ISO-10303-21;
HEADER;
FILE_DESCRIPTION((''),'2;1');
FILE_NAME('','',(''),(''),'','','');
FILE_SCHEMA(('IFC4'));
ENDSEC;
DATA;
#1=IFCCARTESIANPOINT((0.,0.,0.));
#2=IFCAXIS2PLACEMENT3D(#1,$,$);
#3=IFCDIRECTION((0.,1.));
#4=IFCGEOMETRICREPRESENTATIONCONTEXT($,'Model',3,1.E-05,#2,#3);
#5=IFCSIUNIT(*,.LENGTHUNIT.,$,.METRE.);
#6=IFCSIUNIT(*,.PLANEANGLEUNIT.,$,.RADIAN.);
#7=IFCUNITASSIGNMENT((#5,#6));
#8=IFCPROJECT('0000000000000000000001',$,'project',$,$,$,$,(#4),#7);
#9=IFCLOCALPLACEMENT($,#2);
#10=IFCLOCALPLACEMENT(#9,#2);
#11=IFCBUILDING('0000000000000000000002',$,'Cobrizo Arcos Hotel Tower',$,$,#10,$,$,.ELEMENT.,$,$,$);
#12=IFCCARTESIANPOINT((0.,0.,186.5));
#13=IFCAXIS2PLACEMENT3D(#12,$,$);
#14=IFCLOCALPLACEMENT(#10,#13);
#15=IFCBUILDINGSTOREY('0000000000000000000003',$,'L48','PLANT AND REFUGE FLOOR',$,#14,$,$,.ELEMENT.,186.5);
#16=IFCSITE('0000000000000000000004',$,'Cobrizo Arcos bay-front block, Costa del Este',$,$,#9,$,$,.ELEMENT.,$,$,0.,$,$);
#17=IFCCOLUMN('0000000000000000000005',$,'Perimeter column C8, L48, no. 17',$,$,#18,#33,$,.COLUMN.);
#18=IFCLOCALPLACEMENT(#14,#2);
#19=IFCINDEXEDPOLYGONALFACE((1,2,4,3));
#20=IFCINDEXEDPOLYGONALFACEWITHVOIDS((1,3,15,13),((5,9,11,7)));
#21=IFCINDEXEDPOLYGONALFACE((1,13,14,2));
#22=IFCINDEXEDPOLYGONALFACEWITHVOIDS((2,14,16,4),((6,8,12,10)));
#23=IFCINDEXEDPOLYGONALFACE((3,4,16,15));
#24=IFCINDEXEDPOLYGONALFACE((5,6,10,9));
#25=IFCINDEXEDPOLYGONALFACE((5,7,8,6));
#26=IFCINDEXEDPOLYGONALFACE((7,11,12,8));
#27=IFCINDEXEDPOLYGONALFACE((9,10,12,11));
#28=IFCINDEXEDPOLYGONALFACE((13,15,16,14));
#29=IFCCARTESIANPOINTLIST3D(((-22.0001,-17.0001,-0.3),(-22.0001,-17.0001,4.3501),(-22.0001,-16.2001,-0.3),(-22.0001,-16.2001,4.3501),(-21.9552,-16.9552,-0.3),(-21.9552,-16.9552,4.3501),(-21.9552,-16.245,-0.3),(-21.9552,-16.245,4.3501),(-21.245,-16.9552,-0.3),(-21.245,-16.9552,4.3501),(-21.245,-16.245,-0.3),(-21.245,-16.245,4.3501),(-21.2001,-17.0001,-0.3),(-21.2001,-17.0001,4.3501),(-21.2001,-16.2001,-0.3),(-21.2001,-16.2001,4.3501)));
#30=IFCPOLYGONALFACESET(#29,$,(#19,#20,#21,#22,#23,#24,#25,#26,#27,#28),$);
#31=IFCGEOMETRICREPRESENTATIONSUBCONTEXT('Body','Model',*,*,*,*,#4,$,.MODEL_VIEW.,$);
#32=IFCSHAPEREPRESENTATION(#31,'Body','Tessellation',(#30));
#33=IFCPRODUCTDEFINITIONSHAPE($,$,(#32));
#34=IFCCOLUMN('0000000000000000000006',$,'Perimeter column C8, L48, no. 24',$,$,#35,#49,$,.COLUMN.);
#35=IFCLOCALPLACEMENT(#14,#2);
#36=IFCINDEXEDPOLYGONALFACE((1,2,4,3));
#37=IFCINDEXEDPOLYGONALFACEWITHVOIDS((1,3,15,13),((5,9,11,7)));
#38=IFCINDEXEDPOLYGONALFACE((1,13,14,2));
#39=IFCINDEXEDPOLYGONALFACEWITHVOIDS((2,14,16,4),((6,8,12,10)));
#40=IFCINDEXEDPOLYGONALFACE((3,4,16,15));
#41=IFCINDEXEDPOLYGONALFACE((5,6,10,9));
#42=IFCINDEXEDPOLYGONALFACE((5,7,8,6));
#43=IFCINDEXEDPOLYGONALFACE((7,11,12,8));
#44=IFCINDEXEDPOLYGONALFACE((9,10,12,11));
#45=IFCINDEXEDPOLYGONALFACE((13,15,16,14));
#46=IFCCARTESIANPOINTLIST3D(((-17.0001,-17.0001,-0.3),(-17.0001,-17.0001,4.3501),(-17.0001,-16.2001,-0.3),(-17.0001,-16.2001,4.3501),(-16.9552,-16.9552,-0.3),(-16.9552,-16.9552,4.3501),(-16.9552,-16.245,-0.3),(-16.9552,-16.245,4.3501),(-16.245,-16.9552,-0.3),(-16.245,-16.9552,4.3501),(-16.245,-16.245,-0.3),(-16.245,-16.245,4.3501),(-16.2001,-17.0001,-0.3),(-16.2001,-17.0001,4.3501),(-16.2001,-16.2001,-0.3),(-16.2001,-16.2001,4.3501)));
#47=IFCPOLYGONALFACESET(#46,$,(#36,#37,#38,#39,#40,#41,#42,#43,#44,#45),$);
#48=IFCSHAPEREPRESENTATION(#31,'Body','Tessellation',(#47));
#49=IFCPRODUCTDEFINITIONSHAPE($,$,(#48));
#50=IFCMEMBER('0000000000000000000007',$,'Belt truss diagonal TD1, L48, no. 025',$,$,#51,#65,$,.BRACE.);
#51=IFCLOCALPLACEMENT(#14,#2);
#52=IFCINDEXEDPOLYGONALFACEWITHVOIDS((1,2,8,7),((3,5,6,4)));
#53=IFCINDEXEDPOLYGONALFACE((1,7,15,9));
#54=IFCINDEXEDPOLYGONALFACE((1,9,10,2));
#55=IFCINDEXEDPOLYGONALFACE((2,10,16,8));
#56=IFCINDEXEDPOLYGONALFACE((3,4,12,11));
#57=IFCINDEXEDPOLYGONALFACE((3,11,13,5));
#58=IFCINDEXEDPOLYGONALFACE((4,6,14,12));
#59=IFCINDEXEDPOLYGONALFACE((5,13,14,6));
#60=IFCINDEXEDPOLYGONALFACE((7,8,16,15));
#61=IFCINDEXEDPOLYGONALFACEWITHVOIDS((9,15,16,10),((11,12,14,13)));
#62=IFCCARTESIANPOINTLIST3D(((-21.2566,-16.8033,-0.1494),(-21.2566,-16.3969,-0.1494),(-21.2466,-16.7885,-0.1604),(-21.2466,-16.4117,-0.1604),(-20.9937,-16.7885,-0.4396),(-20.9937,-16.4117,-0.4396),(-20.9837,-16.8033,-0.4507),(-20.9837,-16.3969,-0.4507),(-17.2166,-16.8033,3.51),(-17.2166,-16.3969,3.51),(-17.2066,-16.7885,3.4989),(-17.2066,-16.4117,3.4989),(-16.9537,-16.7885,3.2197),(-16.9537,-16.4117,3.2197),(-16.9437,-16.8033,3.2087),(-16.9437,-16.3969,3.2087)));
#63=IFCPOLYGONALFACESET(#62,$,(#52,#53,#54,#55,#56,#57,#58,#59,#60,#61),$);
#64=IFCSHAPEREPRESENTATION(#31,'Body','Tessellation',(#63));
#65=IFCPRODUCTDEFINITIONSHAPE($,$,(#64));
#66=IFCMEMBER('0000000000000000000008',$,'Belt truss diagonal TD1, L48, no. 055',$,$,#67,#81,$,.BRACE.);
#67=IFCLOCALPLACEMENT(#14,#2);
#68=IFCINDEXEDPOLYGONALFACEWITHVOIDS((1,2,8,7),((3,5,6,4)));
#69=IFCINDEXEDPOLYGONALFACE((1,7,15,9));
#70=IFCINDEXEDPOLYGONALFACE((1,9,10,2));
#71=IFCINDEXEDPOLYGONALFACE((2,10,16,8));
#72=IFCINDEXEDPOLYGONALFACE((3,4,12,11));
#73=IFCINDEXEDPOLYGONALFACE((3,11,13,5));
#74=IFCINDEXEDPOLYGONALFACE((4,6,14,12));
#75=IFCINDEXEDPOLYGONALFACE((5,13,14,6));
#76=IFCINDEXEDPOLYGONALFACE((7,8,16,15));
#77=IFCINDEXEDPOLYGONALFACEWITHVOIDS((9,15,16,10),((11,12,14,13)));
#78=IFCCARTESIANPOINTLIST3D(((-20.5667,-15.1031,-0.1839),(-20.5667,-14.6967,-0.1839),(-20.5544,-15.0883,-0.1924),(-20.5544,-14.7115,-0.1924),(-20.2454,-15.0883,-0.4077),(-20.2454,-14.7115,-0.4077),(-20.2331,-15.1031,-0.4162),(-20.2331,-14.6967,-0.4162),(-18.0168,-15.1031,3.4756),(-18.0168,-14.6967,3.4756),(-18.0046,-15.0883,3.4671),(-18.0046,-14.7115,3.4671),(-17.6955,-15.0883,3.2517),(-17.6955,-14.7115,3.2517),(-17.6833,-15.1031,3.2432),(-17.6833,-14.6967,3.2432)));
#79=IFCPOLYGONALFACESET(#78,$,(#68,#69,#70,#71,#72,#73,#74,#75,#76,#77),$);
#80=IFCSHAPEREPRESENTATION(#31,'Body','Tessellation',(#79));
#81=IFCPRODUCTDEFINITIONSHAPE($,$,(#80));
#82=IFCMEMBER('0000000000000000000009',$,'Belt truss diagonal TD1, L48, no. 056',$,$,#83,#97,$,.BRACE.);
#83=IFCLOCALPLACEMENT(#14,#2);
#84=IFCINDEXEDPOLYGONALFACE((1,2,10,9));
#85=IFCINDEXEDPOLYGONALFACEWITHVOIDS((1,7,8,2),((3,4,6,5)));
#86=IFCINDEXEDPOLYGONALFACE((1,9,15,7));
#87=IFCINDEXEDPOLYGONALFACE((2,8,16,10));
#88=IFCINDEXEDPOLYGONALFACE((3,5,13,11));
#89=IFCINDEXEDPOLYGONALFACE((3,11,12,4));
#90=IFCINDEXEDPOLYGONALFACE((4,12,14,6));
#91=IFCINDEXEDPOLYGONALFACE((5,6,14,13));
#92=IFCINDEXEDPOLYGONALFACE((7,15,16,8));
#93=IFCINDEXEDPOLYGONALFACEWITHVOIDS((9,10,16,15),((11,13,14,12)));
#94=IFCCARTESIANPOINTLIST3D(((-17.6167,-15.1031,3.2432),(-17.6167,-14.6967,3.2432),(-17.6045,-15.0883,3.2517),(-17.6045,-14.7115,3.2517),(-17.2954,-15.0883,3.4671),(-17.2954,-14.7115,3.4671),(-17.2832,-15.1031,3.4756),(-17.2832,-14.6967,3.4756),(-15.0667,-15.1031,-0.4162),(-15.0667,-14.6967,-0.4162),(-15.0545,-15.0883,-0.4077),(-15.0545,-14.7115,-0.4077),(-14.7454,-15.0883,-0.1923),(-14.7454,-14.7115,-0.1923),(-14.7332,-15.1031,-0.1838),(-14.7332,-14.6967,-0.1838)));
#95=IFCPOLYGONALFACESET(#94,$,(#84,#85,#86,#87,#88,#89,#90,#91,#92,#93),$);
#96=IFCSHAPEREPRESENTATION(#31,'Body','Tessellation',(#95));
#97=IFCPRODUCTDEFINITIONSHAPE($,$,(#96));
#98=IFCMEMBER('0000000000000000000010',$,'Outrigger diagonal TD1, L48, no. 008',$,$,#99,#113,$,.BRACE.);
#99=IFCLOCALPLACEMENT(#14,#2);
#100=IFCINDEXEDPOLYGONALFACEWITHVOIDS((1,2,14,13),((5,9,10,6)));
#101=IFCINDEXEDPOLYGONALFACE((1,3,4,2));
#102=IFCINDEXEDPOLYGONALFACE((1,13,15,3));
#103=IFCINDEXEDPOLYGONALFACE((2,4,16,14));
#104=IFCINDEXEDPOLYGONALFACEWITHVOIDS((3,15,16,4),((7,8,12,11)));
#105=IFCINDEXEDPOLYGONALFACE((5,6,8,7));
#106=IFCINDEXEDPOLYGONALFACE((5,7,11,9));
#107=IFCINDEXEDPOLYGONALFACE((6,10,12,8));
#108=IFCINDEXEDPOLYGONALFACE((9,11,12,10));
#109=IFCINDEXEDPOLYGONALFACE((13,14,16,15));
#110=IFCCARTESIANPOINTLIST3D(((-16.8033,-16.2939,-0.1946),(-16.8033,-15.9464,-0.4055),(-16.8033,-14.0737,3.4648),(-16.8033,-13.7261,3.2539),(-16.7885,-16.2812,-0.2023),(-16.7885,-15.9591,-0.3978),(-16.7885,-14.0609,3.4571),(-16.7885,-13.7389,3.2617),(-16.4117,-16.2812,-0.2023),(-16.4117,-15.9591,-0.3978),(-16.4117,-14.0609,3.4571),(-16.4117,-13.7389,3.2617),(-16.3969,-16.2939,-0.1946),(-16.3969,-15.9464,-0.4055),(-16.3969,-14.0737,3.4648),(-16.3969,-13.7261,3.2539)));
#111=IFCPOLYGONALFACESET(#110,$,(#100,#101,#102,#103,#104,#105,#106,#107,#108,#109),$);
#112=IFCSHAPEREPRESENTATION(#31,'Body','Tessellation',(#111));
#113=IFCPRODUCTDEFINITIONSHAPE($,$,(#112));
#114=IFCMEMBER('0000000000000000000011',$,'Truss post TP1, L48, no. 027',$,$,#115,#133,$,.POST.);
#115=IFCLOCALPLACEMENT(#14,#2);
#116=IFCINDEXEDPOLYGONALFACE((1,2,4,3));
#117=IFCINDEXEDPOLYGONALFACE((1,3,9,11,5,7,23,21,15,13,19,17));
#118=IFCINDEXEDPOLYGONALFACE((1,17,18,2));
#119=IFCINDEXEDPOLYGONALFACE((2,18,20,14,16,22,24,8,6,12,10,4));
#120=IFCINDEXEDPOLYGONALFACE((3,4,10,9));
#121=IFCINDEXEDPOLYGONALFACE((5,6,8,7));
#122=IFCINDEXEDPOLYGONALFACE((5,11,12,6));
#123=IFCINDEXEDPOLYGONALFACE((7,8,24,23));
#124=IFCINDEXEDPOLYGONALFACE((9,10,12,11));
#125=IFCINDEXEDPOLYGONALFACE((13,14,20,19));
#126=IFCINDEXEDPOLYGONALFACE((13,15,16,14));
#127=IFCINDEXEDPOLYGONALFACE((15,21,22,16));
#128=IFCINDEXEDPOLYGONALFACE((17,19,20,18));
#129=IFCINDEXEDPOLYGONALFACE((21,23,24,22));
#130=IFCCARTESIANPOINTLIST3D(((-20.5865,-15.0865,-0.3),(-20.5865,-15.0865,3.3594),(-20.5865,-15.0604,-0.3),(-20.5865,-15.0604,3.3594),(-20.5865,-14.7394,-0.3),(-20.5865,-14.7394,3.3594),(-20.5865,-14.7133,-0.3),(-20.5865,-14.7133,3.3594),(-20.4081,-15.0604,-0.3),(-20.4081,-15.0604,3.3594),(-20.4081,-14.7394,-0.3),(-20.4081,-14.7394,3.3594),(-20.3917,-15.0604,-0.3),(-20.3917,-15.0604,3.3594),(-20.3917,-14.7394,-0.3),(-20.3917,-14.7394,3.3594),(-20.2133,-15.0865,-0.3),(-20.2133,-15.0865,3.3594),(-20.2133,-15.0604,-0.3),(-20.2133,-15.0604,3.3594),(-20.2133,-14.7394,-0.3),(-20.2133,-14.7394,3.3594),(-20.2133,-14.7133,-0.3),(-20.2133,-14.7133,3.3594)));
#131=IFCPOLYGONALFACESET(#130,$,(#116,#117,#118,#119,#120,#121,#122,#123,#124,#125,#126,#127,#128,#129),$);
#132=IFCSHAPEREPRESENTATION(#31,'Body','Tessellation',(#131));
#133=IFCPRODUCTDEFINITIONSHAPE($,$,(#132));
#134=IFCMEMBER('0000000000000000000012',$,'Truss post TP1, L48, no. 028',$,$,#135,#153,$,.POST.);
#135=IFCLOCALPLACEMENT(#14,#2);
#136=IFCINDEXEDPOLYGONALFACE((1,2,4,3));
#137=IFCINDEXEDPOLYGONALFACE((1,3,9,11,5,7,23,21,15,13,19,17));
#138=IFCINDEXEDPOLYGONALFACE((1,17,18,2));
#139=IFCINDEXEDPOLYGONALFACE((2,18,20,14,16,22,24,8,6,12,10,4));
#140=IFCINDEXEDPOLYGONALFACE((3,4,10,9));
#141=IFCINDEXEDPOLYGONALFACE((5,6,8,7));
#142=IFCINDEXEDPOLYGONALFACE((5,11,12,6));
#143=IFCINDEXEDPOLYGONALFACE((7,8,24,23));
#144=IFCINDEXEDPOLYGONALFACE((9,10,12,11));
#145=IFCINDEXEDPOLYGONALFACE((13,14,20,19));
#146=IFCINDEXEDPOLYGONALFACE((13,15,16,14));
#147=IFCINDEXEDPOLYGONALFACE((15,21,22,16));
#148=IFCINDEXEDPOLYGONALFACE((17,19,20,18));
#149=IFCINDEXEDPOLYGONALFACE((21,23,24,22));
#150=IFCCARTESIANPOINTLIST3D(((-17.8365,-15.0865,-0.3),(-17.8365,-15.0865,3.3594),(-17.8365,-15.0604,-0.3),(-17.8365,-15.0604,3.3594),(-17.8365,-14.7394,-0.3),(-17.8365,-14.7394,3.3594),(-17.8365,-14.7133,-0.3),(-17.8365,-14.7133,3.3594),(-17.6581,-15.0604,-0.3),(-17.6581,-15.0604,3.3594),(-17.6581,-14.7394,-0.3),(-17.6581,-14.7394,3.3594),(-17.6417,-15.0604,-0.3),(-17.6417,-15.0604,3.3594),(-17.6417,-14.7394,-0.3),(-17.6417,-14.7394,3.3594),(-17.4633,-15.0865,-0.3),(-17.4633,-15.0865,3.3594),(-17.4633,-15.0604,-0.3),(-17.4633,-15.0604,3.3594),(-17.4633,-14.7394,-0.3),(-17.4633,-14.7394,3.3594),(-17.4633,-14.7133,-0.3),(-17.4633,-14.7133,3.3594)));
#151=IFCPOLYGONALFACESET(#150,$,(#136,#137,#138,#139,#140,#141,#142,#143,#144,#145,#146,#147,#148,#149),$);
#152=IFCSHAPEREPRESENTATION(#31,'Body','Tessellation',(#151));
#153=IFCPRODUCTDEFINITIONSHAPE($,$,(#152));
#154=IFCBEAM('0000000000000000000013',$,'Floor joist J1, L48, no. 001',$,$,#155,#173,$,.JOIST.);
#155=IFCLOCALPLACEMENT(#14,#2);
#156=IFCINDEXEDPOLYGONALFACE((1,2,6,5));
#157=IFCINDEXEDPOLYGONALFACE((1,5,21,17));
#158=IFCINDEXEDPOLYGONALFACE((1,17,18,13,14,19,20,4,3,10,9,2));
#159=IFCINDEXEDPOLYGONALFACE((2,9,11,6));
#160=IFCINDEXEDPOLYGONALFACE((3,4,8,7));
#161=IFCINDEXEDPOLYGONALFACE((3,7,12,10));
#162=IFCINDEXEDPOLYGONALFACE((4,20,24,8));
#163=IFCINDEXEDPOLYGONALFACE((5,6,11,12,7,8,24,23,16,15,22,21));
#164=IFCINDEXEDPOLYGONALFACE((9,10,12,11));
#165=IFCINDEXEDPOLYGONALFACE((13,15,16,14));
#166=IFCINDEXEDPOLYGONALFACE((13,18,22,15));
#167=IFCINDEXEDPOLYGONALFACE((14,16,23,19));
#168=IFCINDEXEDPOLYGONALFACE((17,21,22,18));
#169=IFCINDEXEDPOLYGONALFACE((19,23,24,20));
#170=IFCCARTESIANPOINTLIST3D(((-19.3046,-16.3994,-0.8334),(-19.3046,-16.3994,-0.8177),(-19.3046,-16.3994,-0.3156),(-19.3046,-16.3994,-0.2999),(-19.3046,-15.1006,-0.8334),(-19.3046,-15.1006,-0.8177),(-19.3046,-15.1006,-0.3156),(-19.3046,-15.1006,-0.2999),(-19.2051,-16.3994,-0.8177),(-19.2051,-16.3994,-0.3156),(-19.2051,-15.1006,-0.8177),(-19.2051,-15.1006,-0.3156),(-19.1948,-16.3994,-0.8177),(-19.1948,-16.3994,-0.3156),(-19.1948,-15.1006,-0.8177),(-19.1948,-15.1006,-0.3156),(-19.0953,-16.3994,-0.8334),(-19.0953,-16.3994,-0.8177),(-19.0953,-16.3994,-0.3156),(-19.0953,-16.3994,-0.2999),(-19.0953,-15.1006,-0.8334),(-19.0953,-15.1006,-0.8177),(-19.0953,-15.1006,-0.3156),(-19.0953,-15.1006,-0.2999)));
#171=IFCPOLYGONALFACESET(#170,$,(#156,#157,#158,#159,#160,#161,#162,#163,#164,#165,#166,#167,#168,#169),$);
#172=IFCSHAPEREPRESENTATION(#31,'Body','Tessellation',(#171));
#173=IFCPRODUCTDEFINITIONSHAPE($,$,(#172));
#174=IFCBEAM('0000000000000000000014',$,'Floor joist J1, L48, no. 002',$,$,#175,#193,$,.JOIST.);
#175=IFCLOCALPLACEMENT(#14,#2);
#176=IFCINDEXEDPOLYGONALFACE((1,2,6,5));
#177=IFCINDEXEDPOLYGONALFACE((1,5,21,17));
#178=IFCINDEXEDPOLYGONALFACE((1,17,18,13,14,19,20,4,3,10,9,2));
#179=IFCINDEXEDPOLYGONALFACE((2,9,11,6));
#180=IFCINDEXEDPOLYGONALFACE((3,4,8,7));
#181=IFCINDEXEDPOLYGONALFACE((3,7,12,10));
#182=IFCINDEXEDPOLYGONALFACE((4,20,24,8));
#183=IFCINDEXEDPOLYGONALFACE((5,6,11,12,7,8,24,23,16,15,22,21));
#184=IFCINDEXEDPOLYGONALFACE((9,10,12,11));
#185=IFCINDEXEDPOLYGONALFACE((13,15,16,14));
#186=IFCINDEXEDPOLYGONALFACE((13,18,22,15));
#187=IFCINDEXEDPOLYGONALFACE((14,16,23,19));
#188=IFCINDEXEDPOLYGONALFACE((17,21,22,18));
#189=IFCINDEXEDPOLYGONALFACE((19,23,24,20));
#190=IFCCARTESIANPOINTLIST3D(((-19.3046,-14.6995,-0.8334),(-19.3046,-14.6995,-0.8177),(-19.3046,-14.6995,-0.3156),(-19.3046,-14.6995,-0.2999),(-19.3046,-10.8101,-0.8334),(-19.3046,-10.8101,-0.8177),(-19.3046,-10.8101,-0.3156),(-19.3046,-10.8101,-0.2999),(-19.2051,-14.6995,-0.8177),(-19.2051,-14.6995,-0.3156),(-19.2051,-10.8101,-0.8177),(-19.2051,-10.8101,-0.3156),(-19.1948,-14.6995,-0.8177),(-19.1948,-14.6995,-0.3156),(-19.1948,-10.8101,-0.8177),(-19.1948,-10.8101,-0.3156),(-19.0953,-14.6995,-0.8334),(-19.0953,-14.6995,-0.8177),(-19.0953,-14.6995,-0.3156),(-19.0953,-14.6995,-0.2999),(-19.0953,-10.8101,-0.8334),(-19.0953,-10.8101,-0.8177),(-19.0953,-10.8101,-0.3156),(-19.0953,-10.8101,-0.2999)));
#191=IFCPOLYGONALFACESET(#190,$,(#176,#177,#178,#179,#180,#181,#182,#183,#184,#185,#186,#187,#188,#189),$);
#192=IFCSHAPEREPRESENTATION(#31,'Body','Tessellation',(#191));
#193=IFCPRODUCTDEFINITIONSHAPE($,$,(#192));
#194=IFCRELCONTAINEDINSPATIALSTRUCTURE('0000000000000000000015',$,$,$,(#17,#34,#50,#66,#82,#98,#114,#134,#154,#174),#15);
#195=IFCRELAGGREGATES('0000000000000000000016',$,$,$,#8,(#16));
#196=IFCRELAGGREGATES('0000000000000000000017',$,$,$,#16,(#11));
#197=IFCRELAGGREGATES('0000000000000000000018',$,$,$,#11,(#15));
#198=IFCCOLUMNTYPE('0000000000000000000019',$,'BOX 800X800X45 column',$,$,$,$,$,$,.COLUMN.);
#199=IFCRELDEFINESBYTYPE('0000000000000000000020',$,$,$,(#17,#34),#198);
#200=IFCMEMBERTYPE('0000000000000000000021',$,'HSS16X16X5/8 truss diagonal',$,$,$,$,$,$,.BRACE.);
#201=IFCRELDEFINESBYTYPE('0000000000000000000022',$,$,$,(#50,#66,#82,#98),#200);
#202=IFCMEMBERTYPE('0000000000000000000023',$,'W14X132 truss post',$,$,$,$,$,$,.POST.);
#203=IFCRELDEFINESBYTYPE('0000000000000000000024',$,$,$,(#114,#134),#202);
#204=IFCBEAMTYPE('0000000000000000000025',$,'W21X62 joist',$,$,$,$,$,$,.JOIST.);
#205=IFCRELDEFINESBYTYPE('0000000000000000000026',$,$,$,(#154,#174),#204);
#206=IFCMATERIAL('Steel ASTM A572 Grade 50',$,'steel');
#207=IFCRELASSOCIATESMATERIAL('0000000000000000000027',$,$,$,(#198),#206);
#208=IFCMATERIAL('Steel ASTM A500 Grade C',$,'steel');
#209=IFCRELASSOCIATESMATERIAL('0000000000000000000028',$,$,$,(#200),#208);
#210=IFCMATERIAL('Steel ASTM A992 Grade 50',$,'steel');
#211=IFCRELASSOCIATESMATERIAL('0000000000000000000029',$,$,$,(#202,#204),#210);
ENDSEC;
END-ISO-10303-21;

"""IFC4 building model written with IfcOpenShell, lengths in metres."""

from ifc_helpers import new_model, si_unit, direction, frame, origin, origin_2d, place, context, subcontext, project, spatial, hollow_rectangle, i_section, extrude, material, material_profile, profile_set, type_object, element, save


model = new_model("IFC4")

# Units and contexts
model_context = context("Model", 3, precision=1e-05, world=origin(), true_north=direction((0.0, 1.0)))
body_context = subcontext(model_context, "Body", "Model", "MODEL_VIEW")
ifc_project = project(units=[si_unit("LENGTHUNIT", "METRE"), si_unit("PLANEANGLEUNIT", "RADIAN")], contexts=[model_context])

# Site, building, storey
site_placement = place(None, origin())
site = spatial("IfcSite", under=ifc_project, at=site_placement, Name="Cobrizo Arcos bay-front block, Costa del Este", CompositionType="ELEMENT", RefElevation=0.0)
building_placement = place(site_placement, origin())
building = spatial("IfcBuilding", under=site, at=building_placement, Name="Cobrizo Arcos Hotel Tower", CompositionType="ELEMENT")
storey_placement = place(building_placement, frame((0.0, 0.0, 186.5)))
storey = spatial("IfcBuildingStorey", under=building, at=storey_placement, Name="L48", Description="PLANT AND REFUGE FLOOR", CompositionType="ELEMENT", Elevation=186.5)

# Columns
ifc_material_1 = material(Name="Steel ASTM A572 Grade 50", Category="steel")
ifc_material_profile_1 = material_profile(ifc_material_1, hollow_rectangle(XDim=0.8, YDim=0.8, WallThickness=0.0449, at=origin_2d()), Name="BOX 800X800X45")
ifc_profile_set_1 = profile_set([ifc_material_profile_1], Name="Steel ASTM A572 Grade 50")
column_type = type_object("IfcColumnType", Name="BOX 800X800X45 column", PredefinedType="COLUMN", material=ifc_profile_set_1)
for number, where, z_axis, x_axis, name in (
    (1, (-21.6001, -16.6001, -0.3), (0.0, 0.0, 1.0), (1.0, 0.0, 0.0), "Perimeter column C8, L48, no. 17"),
    (2, (-16.6001, -16.6001, -0.3), (0.0, 0.0, 1.0), (1.0, 0.0, 0.0), "Perimeter column C8, L48, no. 24"),
):
    element("IfcColumn", number, at=place(storey_placement, frame(where, z_axis=z_axis, x_axis=x_axis)), inside=storey, type_object=column_type, Name=name, PredefinedType="COLUMN", context=body_context, shape_type="SweptSolid", body=[
        extrude(hollow_rectangle(XDim=0.8, YDim=0.8, WallThickness=0.0449, at=origin_2d()), origin(), (0.0, 0.0, 1.0), 4.6501),
    ])

# Members
ifc_material_2 = material(Name="Steel ASTM A500 Grade C", Category="steel")
ifc_material_profile_2 = material_profile(ifc_material_2, hollow_rectangle(XDim=0.4065, YDim=0.4065, WallThickness=0.0149, at=origin_2d()), Name="HSS16X16X5/8")
ifc_profile_set_2 = profile_set([ifc_material_profile_2], Name="Steel ASTM A500 Grade C")
member_type_1 = type_object("IfcMemberType", Name="HSS16X16X5/8 truss diagonal", PredefinedType="BRACE", material=ifc_profile_set_2)
member_1_placement = place(storey_placement, frame((-21.1201, -16.6001, -0.3), z_axis=(0.741157, 0.0, 0.671332), x_axis=(0.0, 1.0, 0.0)))
element("IfcMember", 3, at=member_1_placement, inside=storey, type_object=member_type_1, Name="Belt truss diagonal TD1, L48, no. 025", PredefinedType="BRACE", context=body_context, shape_type="SweptSolid", body=[
    extrude(hollow_rectangle(XDim=0.4065, YDim=0.4065, WallThickness=0.0149, at=origin_2d()), origin(), (0.0, 0.0, 1.0), 5.4509),
])
for number, where, z_axis, x_axis, name in (
    (4, (-20.3999, -14.8999, -0.3), (0.571687, 0.0, 0.820472), (0.0, 1.0, 0.0), "Belt truss diagonal TD1, L48, no. 055"),
    (5, (-17.45, -14.8999, 3.3594), (0.571723, 0.0, -0.820446), (0.0, 1.0, 0.0), "Belt truss diagonal TD1, L48, no. 056"),
):
    element("IfcMember", number, at=place(storey_placement, frame(where, z_axis=z_axis, x_axis=x_axis)), inside=storey, type_object=member_type_1, Name=name, PredefinedType="BRACE", context=body_context, shape_type="SweptSolid", body=[
        extrude(hollow_rectangle(XDim=0.4065, YDim=0.4065, WallThickness=0.0149, at=origin_2d()), origin(), (0.0, 0.0, 1.0), 4.4602),
    ])
member_2_placement = place(storey_placement, frame((-16.6001, -13.8999, 3.3594), z_axis=(0.0, -0.518709, -0.854951), x_axis=(1.0, 0.0, 0.0)))
element("IfcMember", 6, at=member_2_placement, inside=storey, type_object=member_type_1, Name="Outrigger diagonal TD1, L48, no. 008", PredefinedType="BRACE", context=body_context, shape_type="SweptSolid", body=[
    extrude(hollow_rectangle(XDim=0.4065, YDim=0.4065, WallThickness=0.0149, at=origin_2d()), origin(), (0.0, 0.0, 1.0), 4.2803),
])
ifc_material_3 = material(Name="Steel ASTM A992 Grade 50", Category="steel")
ifc_material_profile_3 = material_profile(ifc_material_3, i_section(OverallWidth=0.3733, OverallDepth=0.3733, WebThickness=0.0164, FlangeThickness=0.0261, at=origin_2d()), Name="W14X132")
ifc_profile_set_3 = profile_set([ifc_material_profile_3], Name="Steel ASTM A992 Grade 50")
member_type_2 = type_object("IfcMemberType", Name="W14X132 truss post", PredefinedType="POST", material=ifc_profile_set_3)
for number, where, z_axis, x_axis, name in (
    (7, (-20.3999, -14.8999, -0.3), (0.0, 0.0, 1.0), (1.0, 0.0, 0.0), "Truss post TP1, L48, no. 027"),
    (8, (-17.6499, -14.8999, -0.3), (0.0, 0.0, 1.0), (1.0, 0.0, 0.0), "Truss post TP1, L48, no. 028"),
):
    element("IfcMember", number, at=place(storey_placement, frame(where, z_axis=z_axis, x_axis=x_axis)), inside=storey, type_object=member_type_2, Name=name, PredefinedType="POST", context=body_context, shape_type="SweptSolid", body=[
        extrude(i_section(OverallWidth=0.3733, OverallDepth=0.3733, WebThickness=0.0164, FlangeThickness=0.0261, at=origin_2d()), origin(), (0.0, 0.0, 1.0), 3.6594),
    ])

# Beams
ifc_material_profile_4 = material_profile(ifc_material_3, i_section(OverallWidth=0.2092, OverallDepth=0.5334, WebThickness=0.0103, FlangeThickness=0.0156, at=origin_2d()), Name="W21X62")
ifc_profile_set_4 = profile_set([ifc_material_profile_4], Name="Steel ASTM A992 Grade 50")
beam_type = type_object("IfcBeamType", Name="W21X62 joist", PredefinedType="JOIST", material=ifc_profile_set_4)
beam_1_placement = place(storey_placement, frame((-19.2, -16.3994, -0.5667), z_axis=(0.0, 1.0, 0.0), x_axis=(-1.0, 0.0, 0.0)))
element("IfcBeam", 9, at=beam_1_placement, inside=storey, type_object=beam_type, Name="Floor joist J1, L48, no. 001", PredefinedType="JOIST", context=body_context, shape_type="SweptSolid", body=[
    extrude(i_section(OverallWidth=0.2092, OverallDepth=0.5334, WebThickness=0.0103, FlangeThickness=0.0156, at=origin_2d()), origin(), (0.0, 0.0, 1.0), 1.2988),
])
beam_2_placement = place(storey_placement, frame((-19.2, -14.6995, -0.5667), z_axis=(0.0, 1.0, 0.0), x_axis=(-1.0, 0.0, 0.0)))
element("IfcBeam", 10, at=beam_2_placement, inside=storey, type_object=beam_type, Name="Floor joist J1, L48, no. 002", PredefinedType="JOIST", context=body_context, shape_type="SweptSolid", body=[
    extrude(i_section(OverallWidth=0.2092, OverallDepth=0.5334, WebThickness=0.0103, FlangeThickness=0.0156, at=origin_2d()), origin(), (0.0, 0.0, 1.0), 3.8894),
])

save(model, "model.ifc")
